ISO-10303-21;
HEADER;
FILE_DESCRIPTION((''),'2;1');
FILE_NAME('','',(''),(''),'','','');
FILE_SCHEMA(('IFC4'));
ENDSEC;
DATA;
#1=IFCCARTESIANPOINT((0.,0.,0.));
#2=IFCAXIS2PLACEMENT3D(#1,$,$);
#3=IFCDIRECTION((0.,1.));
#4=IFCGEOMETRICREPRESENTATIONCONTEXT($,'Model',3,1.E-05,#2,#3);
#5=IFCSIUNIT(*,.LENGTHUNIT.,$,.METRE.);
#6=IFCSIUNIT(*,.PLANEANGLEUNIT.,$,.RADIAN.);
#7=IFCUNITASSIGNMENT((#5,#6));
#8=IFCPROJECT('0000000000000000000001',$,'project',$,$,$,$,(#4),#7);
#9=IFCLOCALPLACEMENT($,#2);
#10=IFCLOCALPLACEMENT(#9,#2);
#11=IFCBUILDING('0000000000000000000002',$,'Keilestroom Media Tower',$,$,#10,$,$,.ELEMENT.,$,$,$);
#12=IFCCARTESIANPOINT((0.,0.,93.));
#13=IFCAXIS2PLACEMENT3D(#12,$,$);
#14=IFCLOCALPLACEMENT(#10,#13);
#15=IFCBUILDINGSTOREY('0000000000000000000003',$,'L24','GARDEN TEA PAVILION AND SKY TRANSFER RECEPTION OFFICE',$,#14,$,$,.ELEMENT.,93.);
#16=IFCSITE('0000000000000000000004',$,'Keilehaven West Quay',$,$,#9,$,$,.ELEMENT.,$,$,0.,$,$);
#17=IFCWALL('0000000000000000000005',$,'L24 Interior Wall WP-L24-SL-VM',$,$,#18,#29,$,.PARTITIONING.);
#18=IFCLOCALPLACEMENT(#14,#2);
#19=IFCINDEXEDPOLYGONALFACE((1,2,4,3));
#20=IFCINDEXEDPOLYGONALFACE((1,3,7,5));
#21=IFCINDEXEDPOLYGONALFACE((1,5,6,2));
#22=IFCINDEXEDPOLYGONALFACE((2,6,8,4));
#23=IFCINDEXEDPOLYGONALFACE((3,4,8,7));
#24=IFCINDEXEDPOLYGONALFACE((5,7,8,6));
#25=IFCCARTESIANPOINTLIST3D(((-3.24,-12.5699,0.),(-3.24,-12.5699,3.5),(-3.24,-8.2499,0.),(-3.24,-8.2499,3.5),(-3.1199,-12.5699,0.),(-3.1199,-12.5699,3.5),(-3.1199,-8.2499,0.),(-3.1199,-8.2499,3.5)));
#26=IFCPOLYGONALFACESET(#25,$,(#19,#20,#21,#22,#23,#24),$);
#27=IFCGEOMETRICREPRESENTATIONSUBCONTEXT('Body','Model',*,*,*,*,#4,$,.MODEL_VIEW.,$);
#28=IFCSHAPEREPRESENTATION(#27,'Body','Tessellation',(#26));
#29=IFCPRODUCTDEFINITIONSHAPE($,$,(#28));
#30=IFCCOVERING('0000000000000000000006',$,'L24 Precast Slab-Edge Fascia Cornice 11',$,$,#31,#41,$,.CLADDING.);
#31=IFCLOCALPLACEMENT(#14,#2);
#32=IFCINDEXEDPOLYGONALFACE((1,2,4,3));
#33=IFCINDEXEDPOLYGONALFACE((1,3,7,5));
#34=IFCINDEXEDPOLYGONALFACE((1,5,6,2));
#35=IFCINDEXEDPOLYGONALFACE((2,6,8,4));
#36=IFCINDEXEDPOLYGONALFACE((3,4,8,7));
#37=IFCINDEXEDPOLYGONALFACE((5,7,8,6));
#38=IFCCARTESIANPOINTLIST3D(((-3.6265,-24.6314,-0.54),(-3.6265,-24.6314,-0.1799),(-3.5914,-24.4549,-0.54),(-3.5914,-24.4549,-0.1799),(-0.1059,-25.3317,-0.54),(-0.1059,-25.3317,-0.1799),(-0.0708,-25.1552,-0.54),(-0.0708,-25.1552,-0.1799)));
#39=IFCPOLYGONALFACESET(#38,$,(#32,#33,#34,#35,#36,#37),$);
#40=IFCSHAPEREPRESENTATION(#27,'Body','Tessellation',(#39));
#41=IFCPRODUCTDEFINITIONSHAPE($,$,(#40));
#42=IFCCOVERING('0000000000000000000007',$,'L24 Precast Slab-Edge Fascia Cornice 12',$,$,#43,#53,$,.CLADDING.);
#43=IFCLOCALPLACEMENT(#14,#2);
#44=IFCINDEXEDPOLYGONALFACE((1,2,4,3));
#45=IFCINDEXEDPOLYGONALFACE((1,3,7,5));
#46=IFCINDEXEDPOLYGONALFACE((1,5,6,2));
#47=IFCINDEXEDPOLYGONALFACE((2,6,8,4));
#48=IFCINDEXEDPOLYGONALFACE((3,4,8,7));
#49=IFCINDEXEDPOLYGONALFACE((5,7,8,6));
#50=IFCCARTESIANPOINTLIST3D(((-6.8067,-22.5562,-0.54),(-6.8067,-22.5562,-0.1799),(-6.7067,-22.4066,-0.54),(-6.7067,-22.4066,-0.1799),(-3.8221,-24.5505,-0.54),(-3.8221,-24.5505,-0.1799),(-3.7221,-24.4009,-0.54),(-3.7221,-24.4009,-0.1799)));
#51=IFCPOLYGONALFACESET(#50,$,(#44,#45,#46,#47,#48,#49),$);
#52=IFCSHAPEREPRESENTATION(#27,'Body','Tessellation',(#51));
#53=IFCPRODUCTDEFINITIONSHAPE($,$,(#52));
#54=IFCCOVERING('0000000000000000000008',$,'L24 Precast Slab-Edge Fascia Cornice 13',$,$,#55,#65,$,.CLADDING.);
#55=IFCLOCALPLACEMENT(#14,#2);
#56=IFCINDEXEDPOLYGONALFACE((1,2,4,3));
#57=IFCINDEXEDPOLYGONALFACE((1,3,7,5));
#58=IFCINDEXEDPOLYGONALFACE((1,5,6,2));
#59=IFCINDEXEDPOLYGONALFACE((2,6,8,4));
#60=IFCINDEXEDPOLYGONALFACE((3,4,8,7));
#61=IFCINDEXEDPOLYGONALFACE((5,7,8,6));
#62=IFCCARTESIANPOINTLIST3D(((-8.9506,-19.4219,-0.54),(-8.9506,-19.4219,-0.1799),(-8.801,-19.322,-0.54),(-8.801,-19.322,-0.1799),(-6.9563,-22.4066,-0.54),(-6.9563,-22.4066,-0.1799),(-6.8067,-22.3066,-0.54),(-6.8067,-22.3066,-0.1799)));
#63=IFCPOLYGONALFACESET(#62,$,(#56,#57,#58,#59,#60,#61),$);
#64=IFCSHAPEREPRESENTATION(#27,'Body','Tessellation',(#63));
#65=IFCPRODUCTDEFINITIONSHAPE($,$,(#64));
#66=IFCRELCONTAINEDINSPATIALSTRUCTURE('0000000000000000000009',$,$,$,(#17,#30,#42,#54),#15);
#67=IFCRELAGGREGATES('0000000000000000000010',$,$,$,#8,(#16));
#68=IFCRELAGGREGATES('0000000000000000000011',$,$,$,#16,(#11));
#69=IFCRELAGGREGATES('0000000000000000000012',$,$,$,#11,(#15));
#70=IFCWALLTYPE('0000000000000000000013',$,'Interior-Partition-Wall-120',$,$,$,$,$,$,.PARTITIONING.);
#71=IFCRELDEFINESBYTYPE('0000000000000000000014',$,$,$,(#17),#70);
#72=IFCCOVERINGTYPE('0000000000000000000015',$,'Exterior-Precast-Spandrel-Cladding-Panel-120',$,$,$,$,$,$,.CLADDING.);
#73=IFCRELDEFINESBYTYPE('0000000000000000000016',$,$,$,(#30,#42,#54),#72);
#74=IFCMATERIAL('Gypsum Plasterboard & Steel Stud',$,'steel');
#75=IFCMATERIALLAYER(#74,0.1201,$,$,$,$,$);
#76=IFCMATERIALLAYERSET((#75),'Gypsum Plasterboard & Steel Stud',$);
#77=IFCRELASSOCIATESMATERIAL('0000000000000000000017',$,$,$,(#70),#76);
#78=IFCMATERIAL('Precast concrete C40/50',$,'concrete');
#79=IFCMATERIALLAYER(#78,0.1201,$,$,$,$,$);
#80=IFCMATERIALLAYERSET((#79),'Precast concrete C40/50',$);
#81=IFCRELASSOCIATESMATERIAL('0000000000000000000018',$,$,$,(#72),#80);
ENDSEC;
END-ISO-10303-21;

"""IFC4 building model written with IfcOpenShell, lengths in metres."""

from ifc_helpers import new_model, si_unit, direction, frame, frame_2d, origin, origin_2d, place, context, subcontext, project, spatial, rectangle, extrude, source, transform, mapped, material, layer, layer_set, type_object, element, save


model = new_model("IFC4")

# Units and contexts
model_context = context("Model", 3, precision=1e-05, world=origin(), true_north=direction((0.0, 1.0)))
body_context = subcontext(model_context, "Body", "Model", "MODEL_VIEW")
ifc_project = project(units=[si_unit("LENGTHUNIT", "METRE"), si_unit("PLANEANGLEUNIT", "RADIAN")], contexts=[model_context])

# Site, building, storey
site_placement = place(None, origin())
site = spatial("IfcSite", under=ifc_project, at=site_placement, Name="Keilehaven West Quay", CompositionType="ELEMENT", RefElevation=0.0)
building_placement = place(site_placement, origin())
building = spatial("IfcBuilding", under=site, at=building_placement, Name="Keilestroom Media Tower", CompositionType="ELEMENT")
storey_placement = place(building_placement, frame((0.0, 0.0, 93.0)))
storey = spatial("IfcBuildingStorey", under=building, at=storey_placement, Name="L24", Description="GARDEN TEA PAVILION AND SKY TRANSFER RECEPTION OFFICE", CompositionType="ELEMENT", Elevation=93.0)

# Wall
ifc_material_1 = material(Name="Precast concrete C40/50", Category="concrete")
ifc_material_2 = material(Name="Gypsum Plasterboard & Steel Stud", Category="steel")
ifc_layer_1 = layer(ifc_material_2, 0.1201)
ifc_layer_set_1 = layer_set([ifc_layer_1], Name="Gypsum Plasterboard & Steel Stud")
wall_type_1 = type_object("IfcWallType", Name="Interior-Partition-Wall-120", PredefinedType="PARTITIONING", material=ifc_layer_set_1)
wall_1_placement = place(storey_placement, frame((-3.1799, -12.5701, 0.0), z_axis=(0.0, 0.0, 1.0), x_axis=(0.0, 1.0, 0.0)))
element("IfcWall", 1, at=wall_1_placement, inside=storey, type_object=wall_type_1, Name="L24 Interior Wall WP-L24-SL-VM", PredefinedType="PARTITIONING", context=body_context, shape_type="SweptSolid", body=[
    extrude(rectangle(XDim=4.3201, YDim=0.1201, at=frame_2d((2.1602, 0.0))), origin(), (0.0, 0.0, 1.0), 3.5),
])

# Coverings
ifc_layer_2 = layer(ifc_material_1, 0.1201)
ifc_layer_set_2 = layer_set([ifc_layer_2], Name="Precast concrete C40/50")
covering_type = type_object("IfcCoveringType", Name="Exterior-Precast-Spandrel-Cladding-Panel-120", PredefinedType="CLADDING", material=ifc_layer_set_2)
shared_shape_1 = source(origin(), body_context, "Body", "SweptSolid", [
    extrude(rectangle(XDim=3.5896, YDim=0.1799, at=origin_2d()), origin(), (0.0, 0.0, 1.0), 0.3601),
])
for number, where, z_axis, x_axis, name in (
    (2, (-1.8486, -24.8933, -0.54), (0.0, 0.0, 1.0), (-0.980784, 0.195099, 0.0), "L24 Precast Slab-Edge Fascia Cornice 11"),
    (3, (-5.2644, -23.4785, -0.54), (0.0, 0.0, 1.0), (-0.831467, 0.555575, 0.0), "L24 Precast Slab-Edge Fascia Cornice 12"),
    (4, (-7.8787, -20.8643, -0.54), (0.0, 0.0, 1.0), (-0.555575, 0.831467, 0.0), "L24 Precast Slab-Edge Fascia Cornice 13"),
):
    element("IfcCovering", number, at=place(storey_placement, frame(where, z_axis=z_axis, x_axis=x_axis)), inside=storey, type_object=covering_type, Name=name, PredefinedType="CLADDING", context=body_context, shape_type="MappedRepresentation", body=[
        mapped(shared_shape_1, transform((0.0, 0.0, 0.0), x_axis=(1.0, 0.0, 0.0), y_axis=(0.0, 1.0, 0.0), z_axis=(0.0, 0.0, 1.0), scale=1.0)),
    ])

save(model, "model.ifc")
